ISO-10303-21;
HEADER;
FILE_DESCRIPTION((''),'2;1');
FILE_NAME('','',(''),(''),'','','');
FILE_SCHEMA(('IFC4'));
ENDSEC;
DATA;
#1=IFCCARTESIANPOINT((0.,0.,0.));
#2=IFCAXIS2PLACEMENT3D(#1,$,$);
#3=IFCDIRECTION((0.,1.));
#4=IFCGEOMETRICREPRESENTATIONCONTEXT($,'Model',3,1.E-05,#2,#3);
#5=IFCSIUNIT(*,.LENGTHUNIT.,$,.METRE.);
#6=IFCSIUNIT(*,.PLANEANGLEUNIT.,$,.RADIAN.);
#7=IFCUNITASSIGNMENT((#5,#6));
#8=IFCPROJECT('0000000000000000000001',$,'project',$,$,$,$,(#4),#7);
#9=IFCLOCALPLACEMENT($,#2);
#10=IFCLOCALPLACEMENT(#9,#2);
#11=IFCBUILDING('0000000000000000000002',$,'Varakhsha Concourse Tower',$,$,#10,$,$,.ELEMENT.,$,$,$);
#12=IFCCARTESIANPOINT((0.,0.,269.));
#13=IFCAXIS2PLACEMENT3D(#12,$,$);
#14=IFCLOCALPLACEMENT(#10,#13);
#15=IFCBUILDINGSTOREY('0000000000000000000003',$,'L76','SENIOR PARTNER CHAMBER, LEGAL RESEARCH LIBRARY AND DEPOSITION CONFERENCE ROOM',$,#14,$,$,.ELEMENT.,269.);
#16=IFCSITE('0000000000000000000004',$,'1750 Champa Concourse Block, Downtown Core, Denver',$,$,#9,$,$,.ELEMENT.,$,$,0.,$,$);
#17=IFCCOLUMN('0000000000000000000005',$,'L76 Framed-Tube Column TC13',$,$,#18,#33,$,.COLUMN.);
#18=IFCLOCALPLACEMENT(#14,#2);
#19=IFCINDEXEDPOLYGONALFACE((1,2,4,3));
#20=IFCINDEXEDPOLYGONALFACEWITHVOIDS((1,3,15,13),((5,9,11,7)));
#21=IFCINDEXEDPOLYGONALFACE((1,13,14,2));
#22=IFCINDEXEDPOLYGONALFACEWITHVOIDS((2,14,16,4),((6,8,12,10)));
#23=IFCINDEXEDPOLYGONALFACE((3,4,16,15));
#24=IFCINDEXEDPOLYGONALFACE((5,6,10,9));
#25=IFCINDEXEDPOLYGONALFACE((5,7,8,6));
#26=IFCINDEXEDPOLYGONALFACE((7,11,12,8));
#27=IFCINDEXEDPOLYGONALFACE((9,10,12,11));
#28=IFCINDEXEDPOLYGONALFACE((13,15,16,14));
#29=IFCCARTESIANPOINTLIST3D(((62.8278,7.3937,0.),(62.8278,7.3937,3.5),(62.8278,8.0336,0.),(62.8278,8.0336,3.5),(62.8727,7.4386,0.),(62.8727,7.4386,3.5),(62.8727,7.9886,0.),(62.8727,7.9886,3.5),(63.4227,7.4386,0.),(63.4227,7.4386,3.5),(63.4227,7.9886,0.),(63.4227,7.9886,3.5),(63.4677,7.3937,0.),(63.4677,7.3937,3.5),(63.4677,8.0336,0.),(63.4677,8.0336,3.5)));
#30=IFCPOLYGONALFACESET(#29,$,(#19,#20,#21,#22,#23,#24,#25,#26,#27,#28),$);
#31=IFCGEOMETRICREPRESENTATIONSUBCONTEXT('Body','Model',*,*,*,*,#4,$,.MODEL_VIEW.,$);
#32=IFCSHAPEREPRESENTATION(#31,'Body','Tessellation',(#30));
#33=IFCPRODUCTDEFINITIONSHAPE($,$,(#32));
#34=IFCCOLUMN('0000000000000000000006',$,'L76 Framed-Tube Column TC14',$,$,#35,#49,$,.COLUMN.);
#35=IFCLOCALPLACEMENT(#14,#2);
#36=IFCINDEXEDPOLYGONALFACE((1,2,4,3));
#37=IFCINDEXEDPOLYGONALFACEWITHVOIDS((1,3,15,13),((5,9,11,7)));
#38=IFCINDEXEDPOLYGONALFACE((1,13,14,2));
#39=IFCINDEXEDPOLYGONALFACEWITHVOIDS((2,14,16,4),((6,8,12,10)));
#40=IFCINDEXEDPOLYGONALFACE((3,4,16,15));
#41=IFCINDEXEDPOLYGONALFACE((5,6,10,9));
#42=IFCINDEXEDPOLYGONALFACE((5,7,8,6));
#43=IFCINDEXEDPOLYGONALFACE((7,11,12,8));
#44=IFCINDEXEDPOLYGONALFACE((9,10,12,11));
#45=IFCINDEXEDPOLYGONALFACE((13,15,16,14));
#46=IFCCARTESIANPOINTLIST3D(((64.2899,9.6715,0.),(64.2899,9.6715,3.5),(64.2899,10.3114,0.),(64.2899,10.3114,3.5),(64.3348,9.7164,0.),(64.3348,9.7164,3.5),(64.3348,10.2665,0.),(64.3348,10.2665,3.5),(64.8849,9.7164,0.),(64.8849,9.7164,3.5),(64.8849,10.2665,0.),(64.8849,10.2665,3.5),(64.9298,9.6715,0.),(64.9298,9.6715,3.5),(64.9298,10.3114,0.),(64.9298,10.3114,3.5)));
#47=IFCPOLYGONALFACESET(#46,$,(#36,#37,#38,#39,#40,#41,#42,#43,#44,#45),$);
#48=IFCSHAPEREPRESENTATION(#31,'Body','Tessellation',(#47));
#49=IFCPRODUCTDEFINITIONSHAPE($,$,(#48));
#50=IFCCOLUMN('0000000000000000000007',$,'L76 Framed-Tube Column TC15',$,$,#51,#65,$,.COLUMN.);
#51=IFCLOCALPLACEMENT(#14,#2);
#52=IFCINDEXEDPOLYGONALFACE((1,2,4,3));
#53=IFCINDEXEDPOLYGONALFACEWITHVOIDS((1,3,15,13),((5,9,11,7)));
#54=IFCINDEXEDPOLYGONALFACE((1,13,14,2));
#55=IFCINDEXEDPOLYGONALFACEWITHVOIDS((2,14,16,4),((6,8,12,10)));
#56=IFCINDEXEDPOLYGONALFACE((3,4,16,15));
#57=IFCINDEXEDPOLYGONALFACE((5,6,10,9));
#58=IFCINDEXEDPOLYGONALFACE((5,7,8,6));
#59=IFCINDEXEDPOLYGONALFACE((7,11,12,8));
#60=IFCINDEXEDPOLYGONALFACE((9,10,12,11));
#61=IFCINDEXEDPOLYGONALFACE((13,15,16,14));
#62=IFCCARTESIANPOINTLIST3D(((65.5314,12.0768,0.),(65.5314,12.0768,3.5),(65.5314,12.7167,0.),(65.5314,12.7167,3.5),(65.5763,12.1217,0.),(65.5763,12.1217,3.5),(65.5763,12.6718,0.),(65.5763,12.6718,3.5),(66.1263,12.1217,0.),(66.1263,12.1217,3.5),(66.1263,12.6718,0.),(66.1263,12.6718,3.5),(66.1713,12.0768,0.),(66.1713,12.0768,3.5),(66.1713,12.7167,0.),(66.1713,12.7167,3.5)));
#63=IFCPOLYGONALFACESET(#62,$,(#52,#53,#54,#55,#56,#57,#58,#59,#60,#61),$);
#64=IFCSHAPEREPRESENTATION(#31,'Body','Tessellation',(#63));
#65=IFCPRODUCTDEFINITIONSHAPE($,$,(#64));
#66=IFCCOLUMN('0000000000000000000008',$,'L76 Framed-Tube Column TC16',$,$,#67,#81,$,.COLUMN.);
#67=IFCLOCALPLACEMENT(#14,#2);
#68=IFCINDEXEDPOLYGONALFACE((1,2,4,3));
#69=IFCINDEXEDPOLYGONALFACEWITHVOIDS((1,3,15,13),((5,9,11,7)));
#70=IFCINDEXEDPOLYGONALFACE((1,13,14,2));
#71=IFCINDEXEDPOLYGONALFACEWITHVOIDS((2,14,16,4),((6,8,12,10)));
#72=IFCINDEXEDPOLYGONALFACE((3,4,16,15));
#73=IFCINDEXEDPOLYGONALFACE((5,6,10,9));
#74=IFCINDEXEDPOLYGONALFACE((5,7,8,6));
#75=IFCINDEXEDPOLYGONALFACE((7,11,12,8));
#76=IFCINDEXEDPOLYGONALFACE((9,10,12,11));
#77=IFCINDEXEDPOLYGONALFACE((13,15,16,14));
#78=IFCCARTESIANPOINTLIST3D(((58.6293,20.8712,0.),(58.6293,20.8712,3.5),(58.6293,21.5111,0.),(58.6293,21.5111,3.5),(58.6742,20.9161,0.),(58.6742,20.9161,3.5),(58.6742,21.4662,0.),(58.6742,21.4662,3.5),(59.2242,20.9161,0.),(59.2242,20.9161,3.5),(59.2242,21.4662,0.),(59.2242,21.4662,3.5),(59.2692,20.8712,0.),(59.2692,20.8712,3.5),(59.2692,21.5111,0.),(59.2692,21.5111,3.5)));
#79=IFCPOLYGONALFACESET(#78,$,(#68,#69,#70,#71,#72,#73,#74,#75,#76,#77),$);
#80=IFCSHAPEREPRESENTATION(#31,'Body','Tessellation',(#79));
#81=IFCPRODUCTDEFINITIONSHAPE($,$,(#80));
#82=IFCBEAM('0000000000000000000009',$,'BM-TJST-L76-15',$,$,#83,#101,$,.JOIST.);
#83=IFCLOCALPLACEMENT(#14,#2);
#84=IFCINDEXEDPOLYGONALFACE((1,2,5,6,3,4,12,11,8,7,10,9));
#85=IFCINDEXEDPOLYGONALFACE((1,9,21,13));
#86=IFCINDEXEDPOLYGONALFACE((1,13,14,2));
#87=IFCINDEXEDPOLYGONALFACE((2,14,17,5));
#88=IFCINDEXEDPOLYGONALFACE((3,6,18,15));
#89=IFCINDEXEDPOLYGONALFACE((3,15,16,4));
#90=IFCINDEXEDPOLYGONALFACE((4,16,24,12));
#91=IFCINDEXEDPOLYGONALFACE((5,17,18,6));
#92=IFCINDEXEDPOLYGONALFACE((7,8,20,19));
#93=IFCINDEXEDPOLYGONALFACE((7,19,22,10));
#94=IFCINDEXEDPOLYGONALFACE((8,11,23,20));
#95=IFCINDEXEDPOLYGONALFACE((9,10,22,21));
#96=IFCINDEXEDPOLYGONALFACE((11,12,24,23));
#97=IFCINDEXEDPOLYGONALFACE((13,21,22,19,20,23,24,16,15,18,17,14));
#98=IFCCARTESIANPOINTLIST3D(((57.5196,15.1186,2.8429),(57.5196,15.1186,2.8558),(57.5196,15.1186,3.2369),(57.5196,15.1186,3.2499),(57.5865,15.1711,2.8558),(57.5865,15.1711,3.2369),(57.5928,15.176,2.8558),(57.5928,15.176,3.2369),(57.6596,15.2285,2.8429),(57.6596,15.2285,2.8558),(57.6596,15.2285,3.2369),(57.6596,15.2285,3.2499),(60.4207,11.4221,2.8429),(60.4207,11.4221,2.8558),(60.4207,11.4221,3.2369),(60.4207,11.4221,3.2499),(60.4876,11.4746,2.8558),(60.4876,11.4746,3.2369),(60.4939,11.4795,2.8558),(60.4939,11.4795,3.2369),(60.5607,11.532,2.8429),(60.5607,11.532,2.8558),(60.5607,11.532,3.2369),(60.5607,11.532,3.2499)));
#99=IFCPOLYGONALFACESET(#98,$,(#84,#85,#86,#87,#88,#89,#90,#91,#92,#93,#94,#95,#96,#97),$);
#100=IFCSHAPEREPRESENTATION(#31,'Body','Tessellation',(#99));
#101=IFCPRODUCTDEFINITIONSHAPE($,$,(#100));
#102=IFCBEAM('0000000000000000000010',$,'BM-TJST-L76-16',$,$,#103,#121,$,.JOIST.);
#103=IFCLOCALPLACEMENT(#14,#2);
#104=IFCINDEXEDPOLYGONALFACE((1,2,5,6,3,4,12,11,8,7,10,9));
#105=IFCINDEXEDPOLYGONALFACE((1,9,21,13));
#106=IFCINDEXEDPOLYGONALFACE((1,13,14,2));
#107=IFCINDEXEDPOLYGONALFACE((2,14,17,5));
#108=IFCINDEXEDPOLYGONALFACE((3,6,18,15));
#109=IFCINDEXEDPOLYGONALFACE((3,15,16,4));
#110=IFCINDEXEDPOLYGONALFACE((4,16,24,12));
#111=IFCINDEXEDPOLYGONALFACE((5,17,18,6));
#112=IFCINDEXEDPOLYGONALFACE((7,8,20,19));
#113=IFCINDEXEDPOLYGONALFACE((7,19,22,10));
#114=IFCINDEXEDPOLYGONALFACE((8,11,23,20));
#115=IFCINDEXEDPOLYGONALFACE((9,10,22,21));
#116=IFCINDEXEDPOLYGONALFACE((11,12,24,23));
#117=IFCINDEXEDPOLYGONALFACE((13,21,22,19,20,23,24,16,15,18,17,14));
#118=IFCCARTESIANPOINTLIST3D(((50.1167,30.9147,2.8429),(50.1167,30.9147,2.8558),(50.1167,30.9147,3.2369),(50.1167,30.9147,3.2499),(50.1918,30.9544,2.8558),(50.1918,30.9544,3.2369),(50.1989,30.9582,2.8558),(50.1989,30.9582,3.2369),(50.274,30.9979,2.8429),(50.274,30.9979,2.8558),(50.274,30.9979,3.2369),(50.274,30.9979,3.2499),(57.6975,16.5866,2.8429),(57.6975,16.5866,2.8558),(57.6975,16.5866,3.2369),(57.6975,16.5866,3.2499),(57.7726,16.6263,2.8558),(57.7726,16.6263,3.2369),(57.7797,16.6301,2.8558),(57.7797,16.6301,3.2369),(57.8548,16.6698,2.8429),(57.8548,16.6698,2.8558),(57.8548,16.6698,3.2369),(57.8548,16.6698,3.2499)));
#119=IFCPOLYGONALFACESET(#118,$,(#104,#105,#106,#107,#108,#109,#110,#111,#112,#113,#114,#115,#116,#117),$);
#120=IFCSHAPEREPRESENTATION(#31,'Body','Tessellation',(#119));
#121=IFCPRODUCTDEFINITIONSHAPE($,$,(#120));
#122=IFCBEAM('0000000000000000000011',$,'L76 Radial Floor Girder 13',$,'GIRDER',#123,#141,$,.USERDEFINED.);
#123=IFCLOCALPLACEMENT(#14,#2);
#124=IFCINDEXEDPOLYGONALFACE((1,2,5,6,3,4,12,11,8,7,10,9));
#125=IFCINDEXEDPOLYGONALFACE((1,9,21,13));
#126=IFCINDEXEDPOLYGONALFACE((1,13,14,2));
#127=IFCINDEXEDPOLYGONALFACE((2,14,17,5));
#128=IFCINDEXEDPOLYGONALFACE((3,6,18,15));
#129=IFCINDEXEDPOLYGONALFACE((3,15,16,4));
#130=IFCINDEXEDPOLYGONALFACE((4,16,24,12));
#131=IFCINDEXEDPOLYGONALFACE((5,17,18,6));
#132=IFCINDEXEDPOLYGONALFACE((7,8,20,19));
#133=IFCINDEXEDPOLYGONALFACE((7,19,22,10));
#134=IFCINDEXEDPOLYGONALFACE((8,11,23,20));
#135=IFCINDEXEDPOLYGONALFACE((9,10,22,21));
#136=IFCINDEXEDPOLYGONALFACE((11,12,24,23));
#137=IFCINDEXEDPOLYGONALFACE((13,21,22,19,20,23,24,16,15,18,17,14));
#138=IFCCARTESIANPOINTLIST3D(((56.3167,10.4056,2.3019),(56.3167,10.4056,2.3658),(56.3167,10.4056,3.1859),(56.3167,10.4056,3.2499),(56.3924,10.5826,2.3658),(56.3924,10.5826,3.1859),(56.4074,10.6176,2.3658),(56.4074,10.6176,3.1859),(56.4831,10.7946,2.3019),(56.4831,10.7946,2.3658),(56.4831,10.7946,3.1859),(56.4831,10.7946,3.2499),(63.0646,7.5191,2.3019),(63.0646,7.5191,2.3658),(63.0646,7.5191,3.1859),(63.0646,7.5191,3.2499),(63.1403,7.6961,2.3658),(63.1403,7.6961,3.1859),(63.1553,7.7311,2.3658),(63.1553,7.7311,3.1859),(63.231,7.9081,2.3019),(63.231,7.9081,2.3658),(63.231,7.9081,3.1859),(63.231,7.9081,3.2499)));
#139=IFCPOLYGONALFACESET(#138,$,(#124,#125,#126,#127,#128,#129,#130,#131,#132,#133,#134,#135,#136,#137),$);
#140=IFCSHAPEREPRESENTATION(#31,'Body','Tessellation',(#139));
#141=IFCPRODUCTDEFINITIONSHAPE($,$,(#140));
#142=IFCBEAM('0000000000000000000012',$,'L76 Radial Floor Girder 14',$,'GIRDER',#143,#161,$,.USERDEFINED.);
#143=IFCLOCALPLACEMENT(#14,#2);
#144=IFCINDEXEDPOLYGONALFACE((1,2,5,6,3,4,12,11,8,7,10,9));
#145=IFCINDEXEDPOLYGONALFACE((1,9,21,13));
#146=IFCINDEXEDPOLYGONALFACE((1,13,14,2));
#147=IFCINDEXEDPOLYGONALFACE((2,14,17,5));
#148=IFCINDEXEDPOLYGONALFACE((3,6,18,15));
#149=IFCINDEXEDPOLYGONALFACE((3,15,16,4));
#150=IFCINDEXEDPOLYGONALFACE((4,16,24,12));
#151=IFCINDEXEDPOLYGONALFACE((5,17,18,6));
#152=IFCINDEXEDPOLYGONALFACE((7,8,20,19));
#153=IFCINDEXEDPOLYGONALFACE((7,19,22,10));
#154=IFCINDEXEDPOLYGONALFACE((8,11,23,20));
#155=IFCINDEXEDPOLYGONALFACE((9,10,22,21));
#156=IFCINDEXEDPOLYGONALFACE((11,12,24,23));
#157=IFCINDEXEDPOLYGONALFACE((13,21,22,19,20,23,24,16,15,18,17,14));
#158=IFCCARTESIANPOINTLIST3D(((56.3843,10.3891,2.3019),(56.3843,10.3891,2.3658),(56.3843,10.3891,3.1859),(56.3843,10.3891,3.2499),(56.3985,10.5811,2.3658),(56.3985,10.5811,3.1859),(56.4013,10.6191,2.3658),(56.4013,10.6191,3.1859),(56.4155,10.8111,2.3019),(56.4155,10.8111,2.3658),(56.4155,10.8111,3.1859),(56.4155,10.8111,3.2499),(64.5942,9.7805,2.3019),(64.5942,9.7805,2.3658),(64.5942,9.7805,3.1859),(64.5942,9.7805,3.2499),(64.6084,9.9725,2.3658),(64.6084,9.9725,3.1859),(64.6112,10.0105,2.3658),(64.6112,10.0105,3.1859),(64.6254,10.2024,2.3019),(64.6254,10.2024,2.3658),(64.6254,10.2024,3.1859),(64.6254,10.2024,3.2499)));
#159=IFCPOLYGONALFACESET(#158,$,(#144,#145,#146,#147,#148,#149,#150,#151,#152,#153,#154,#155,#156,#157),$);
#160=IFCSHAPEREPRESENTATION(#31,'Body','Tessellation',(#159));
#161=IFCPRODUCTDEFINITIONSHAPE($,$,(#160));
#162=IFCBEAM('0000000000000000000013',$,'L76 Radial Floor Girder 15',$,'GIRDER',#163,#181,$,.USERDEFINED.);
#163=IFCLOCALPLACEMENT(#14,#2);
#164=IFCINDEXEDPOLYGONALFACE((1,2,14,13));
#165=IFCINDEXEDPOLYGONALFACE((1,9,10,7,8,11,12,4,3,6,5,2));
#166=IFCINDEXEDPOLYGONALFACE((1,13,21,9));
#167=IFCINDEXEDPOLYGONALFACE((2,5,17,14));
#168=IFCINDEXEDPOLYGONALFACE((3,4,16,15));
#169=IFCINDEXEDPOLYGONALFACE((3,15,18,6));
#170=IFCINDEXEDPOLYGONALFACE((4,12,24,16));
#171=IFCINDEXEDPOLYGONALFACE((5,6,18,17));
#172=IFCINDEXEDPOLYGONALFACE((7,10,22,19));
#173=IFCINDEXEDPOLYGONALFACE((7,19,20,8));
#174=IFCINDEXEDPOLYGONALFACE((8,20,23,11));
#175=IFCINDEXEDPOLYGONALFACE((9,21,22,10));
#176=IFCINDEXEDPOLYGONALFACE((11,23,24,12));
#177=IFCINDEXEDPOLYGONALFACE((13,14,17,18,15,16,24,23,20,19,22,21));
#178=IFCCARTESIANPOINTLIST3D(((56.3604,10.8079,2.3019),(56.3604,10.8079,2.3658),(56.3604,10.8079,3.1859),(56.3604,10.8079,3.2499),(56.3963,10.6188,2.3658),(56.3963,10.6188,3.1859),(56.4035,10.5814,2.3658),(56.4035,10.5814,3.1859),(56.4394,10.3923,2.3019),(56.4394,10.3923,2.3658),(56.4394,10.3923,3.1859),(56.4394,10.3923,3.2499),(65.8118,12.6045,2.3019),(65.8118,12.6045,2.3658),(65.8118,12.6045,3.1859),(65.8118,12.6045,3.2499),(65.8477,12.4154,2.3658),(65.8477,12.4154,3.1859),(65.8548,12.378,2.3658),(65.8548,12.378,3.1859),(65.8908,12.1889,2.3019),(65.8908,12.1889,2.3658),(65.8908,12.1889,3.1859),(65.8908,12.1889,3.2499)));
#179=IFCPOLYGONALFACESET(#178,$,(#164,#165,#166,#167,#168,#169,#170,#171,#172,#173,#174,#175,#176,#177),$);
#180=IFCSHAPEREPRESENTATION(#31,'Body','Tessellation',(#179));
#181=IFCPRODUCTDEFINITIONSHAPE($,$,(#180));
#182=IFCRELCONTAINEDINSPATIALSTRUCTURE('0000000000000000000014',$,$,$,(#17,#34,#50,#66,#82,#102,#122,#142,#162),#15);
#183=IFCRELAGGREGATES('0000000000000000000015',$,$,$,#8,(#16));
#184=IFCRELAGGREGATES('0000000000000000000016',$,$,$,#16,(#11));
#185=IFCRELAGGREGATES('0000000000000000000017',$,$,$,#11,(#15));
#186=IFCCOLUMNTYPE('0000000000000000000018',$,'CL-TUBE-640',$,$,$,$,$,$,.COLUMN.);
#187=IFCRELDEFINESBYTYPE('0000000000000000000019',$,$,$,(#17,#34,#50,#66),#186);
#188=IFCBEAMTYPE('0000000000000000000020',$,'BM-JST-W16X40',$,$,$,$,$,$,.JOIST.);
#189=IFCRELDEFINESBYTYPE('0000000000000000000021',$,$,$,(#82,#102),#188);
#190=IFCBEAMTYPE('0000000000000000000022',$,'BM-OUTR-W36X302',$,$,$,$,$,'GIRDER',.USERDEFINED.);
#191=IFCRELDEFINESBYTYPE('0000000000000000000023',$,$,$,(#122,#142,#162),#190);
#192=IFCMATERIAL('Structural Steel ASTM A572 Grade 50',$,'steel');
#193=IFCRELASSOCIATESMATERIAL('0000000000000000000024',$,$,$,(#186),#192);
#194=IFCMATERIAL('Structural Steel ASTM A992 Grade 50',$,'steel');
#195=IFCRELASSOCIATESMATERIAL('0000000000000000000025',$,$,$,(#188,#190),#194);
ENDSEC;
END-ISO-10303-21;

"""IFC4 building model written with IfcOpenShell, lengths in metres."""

from ifc_helpers import new_model, si_unit, direction, frame, origin, origin_2d, place, context, subcontext, project, spatial, hollow_rectangle, i_section, extrude, material, material_profile, profile_set, type_object, element, save


model = new_model("IFC4")

# Units and contexts
model_context = context("Model", 3, precision=1e-05, world=origin(), true_north=direction((0.0, 1.0)))
body_context = subcontext(model_context, "Body", "Model", "MODEL_VIEW")
ifc_project = project(units=[si_unit("LENGTHUNIT", "METRE"), si_unit("PLANEANGLEUNIT", "RADIAN")], contexts=[model_context])

# Site, building, storey
site_placement = place(None, origin())
site = spatial("IfcSite", under=ifc_project, at=site_placement, Name="1750 Champa Concourse Block, Downtown Core, Denver", CompositionType="ELEMENT", RefElevation=0.0)
building_placement = place(site_placement, origin())
building = spatial("IfcBuilding", under=site, at=building_placement, Name="Varakhsha Concourse Tower", CompositionType="ELEMENT")
storey_placement = place(building_placement, frame((0.0, 0.0, 269.0)))
storey = spatial("IfcBuildingStorey", under=building, at=storey_placement, Name="L76", Description="SENIOR PARTNER CHAMBER, LEGAL RESEARCH LIBRARY AND DEPOSITION CONFERENCE ROOM", CompositionType="ELEMENT", Elevation=269.0)

# Columns
ifc_material_1 = material(Name="Structural Steel ASTM A572 Grade 50", Category="steel")
ifc_material_profile_1 = material_profile(ifc_material_1, hollow_rectangle(XDim=0.6399, YDim=0.6399, WallThickness=0.0449, at=origin_2d()), Name="BOX 640x640x45")
ifc_profile_set_1 = profile_set([ifc_material_profile_1], Name="Structural Steel ASTM A572 Grade 50")
column_type = type_object("IfcColumnType", Name="CL-TUBE-640", PredefinedType="COLUMN", material=ifc_profile_set_1)
for number, where, z_axis, x_axis, name in (
    (1, (63.1477, 7.7136, 0.0), (0.0, 0.0, 1.0), (1.0, 0.0, 0.0), "L76 Framed-Tube Column TC13"),
    (2, (64.6099, 9.9915, 0.0), (0.0, 0.0, 1.0), (1.0, 0.0, 0.0), "L76 Framed-Tube Column TC14"),
    (3, (65.8513, 12.3967, 0.0), (0.0, 0.0, 1.0), (1.0, 0.0, 0.0), "L76 Framed-Tube Column TC15"),
    (4, (58.9492, 21.1912, 0.0), (0.0, 0.0, 1.0), (1.0, 0.0, 0.0), "L76 Framed-Tube Column TC16"),
):
    element("IfcColumn", number, at=place(storey_placement, frame(where, z_axis=z_axis, x_axis=x_axis)), inside=storey, type_object=column_type, Name=name, PredefinedType="COLUMN", context=body_context, shape_type="SweptSolid", body=[
        extrude(hollow_rectangle(XDim=0.6399, YDim=0.6399, WallThickness=0.0449, at=origin_2d()), origin(), (0.0, 0.0, 1.0), 3.5),
    ])

# Beams
ifc_material_2 = material(Name="Structural Steel ASTM A992 Grade 50", Category="steel")
ifc_material_profile_2 = material_profile(ifc_material_2, i_section(OverallWidth=0.178, OverallDepth=0.407, WebThickness=0.0081, FlangeThickness=0.0129, at=origin_2d()), Name="W16X40")
ifc_profile_set_2 = profile_set([ifc_material_profile_2], Name="Structural Steel ASTM A992 Grade 50")
beam_type_1 = type_object("IfcBeamType", Name="BM-JST-W16X40", PredefinedType="JOIST", material=ifc_profile_set_2)
beam_1_placement = place(storey_placement, frame((60.4907, 11.4771, 3.0464), z_axis=(-0.617388, 0.786659, 0.0), x_axis=(-0.786659, -0.617388, 0.0)))
element("IfcBeam", 5, at=beam_1_placement, inside=storey, type_object=beam_type_1, Name="BM-TJST-L76-15", PredefinedType="JOIST", context=body_context, shape_type="SweptSolid", body=[
    extrude(i_section(OverallWidth=0.178, OverallDepth=0.407, WebThickness=0.0081, FlangeThickness=0.0129, at=origin_2d()), origin(), (0.0, 0.0, 1.0), 4.699),
])
beam_2_placement = place(storey_placement, frame((57.7761, 16.6282, 3.0464), z_axis=(-0.467663, 0.883907, 0.0), x_axis=(-0.883907, -0.467663, 0.0)))
element("IfcBeam", 6, at=beam_2_placement, inside=storey, type_object=beam_type_1, Name="BM-TJST-L76-16", PredefinedType="JOIST", context=body_context, shape_type="SweptSolid", body=[
    extrude(i_section(OverallWidth=0.178, OverallDepth=0.407, WebThickness=0.0081, FlangeThickness=0.0129, at=origin_2d()), origin(), (0.0, 0.0, 1.0), 16.21),
])
ifc_material_profile_3 = material_profile(ifc_material_2, i_section(OverallWidth=0.4231, OverallDepth=0.948, WebThickness=0.0381, FlangeThickness=0.064, at=origin_2d()), Name="W36X302")
ifc_profile_set_3 = profile_set([ifc_material_profile_3], Name="Structural Steel ASTM A992 Grade 50")
beam_type_2 = type_object("IfcBeamType", Name="BM-OUTR-W36X302", ElementType="GIRDER", PredefinedType="USERDEFINED", material=ifc_profile_set_3)
beam_3_placement = place(storey_placement, frame((56.3999, 10.6001, 2.7759), z_axis=(0.919413, -0.393293, 0.0), x_axis=(0.393293, 0.919413, 0.0)))
element("IfcBeam", 7, at=beam_3_placement, inside=storey, type_object=beam_type_2, Name="L76 Radial Floor Girder 13", ObjectType="GIRDER", PredefinedType="USERDEFINED", context=body_context, shape_type="SweptSolid", body=[
    extrude(i_section(OverallWidth=0.4231, OverallDepth=0.948, WebThickness=0.0381, FlangeThickness=0.064, at=origin_2d()), origin(), (0.0, 0.0, 1.0), 7.3394),
])
beam_4_placement = place(storey_placement, frame((56.3999, 10.6001, 2.7759), z_axis=(0.997263, -0.073932, 0.0), x_axis=(0.073932, 0.997263, 0.0)))
element("IfcBeam", 8, at=beam_4_placement, inside=storey, type_object=beam_type_2, Name="L76 Radial Floor Girder 14", ObjectType="GIRDER", PredefinedType="USERDEFINED", context=body_context, shape_type="SweptSolid", body=[
    extrude(i_section(OverallWidth=0.4231, OverallDepth=0.948, WebThickness=0.0381, FlangeThickness=0.064, at=origin_2d()), origin(), (0.0, 0.0, 1.0), 8.2324),
])
beam_5_placement = place(storey_placement, frame((56.3999, 10.6001, 2.7759), z_axis=(0.982408, 0.186747, 0.0), x_axis=(-0.186747, 0.982408, 0.0)))
element("IfcBeam", 9, at=beam_5_placement, inside=storey, type_object=beam_type_2, Name="L76 Radial Floor Girder 15", ObjectType="GIRDER", PredefinedType="USERDEFINED", context=body_context, shape_type="SweptSolid", body=[
    extrude(i_section(OverallWidth=0.4231, OverallDepth=0.948, WebThickness=0.0381, FlangeThickness=0.064, at=origin_2d()), origin(), (0.0, 0.0, 1.0), 9.6206),
])

save(model, "model.ifc")
